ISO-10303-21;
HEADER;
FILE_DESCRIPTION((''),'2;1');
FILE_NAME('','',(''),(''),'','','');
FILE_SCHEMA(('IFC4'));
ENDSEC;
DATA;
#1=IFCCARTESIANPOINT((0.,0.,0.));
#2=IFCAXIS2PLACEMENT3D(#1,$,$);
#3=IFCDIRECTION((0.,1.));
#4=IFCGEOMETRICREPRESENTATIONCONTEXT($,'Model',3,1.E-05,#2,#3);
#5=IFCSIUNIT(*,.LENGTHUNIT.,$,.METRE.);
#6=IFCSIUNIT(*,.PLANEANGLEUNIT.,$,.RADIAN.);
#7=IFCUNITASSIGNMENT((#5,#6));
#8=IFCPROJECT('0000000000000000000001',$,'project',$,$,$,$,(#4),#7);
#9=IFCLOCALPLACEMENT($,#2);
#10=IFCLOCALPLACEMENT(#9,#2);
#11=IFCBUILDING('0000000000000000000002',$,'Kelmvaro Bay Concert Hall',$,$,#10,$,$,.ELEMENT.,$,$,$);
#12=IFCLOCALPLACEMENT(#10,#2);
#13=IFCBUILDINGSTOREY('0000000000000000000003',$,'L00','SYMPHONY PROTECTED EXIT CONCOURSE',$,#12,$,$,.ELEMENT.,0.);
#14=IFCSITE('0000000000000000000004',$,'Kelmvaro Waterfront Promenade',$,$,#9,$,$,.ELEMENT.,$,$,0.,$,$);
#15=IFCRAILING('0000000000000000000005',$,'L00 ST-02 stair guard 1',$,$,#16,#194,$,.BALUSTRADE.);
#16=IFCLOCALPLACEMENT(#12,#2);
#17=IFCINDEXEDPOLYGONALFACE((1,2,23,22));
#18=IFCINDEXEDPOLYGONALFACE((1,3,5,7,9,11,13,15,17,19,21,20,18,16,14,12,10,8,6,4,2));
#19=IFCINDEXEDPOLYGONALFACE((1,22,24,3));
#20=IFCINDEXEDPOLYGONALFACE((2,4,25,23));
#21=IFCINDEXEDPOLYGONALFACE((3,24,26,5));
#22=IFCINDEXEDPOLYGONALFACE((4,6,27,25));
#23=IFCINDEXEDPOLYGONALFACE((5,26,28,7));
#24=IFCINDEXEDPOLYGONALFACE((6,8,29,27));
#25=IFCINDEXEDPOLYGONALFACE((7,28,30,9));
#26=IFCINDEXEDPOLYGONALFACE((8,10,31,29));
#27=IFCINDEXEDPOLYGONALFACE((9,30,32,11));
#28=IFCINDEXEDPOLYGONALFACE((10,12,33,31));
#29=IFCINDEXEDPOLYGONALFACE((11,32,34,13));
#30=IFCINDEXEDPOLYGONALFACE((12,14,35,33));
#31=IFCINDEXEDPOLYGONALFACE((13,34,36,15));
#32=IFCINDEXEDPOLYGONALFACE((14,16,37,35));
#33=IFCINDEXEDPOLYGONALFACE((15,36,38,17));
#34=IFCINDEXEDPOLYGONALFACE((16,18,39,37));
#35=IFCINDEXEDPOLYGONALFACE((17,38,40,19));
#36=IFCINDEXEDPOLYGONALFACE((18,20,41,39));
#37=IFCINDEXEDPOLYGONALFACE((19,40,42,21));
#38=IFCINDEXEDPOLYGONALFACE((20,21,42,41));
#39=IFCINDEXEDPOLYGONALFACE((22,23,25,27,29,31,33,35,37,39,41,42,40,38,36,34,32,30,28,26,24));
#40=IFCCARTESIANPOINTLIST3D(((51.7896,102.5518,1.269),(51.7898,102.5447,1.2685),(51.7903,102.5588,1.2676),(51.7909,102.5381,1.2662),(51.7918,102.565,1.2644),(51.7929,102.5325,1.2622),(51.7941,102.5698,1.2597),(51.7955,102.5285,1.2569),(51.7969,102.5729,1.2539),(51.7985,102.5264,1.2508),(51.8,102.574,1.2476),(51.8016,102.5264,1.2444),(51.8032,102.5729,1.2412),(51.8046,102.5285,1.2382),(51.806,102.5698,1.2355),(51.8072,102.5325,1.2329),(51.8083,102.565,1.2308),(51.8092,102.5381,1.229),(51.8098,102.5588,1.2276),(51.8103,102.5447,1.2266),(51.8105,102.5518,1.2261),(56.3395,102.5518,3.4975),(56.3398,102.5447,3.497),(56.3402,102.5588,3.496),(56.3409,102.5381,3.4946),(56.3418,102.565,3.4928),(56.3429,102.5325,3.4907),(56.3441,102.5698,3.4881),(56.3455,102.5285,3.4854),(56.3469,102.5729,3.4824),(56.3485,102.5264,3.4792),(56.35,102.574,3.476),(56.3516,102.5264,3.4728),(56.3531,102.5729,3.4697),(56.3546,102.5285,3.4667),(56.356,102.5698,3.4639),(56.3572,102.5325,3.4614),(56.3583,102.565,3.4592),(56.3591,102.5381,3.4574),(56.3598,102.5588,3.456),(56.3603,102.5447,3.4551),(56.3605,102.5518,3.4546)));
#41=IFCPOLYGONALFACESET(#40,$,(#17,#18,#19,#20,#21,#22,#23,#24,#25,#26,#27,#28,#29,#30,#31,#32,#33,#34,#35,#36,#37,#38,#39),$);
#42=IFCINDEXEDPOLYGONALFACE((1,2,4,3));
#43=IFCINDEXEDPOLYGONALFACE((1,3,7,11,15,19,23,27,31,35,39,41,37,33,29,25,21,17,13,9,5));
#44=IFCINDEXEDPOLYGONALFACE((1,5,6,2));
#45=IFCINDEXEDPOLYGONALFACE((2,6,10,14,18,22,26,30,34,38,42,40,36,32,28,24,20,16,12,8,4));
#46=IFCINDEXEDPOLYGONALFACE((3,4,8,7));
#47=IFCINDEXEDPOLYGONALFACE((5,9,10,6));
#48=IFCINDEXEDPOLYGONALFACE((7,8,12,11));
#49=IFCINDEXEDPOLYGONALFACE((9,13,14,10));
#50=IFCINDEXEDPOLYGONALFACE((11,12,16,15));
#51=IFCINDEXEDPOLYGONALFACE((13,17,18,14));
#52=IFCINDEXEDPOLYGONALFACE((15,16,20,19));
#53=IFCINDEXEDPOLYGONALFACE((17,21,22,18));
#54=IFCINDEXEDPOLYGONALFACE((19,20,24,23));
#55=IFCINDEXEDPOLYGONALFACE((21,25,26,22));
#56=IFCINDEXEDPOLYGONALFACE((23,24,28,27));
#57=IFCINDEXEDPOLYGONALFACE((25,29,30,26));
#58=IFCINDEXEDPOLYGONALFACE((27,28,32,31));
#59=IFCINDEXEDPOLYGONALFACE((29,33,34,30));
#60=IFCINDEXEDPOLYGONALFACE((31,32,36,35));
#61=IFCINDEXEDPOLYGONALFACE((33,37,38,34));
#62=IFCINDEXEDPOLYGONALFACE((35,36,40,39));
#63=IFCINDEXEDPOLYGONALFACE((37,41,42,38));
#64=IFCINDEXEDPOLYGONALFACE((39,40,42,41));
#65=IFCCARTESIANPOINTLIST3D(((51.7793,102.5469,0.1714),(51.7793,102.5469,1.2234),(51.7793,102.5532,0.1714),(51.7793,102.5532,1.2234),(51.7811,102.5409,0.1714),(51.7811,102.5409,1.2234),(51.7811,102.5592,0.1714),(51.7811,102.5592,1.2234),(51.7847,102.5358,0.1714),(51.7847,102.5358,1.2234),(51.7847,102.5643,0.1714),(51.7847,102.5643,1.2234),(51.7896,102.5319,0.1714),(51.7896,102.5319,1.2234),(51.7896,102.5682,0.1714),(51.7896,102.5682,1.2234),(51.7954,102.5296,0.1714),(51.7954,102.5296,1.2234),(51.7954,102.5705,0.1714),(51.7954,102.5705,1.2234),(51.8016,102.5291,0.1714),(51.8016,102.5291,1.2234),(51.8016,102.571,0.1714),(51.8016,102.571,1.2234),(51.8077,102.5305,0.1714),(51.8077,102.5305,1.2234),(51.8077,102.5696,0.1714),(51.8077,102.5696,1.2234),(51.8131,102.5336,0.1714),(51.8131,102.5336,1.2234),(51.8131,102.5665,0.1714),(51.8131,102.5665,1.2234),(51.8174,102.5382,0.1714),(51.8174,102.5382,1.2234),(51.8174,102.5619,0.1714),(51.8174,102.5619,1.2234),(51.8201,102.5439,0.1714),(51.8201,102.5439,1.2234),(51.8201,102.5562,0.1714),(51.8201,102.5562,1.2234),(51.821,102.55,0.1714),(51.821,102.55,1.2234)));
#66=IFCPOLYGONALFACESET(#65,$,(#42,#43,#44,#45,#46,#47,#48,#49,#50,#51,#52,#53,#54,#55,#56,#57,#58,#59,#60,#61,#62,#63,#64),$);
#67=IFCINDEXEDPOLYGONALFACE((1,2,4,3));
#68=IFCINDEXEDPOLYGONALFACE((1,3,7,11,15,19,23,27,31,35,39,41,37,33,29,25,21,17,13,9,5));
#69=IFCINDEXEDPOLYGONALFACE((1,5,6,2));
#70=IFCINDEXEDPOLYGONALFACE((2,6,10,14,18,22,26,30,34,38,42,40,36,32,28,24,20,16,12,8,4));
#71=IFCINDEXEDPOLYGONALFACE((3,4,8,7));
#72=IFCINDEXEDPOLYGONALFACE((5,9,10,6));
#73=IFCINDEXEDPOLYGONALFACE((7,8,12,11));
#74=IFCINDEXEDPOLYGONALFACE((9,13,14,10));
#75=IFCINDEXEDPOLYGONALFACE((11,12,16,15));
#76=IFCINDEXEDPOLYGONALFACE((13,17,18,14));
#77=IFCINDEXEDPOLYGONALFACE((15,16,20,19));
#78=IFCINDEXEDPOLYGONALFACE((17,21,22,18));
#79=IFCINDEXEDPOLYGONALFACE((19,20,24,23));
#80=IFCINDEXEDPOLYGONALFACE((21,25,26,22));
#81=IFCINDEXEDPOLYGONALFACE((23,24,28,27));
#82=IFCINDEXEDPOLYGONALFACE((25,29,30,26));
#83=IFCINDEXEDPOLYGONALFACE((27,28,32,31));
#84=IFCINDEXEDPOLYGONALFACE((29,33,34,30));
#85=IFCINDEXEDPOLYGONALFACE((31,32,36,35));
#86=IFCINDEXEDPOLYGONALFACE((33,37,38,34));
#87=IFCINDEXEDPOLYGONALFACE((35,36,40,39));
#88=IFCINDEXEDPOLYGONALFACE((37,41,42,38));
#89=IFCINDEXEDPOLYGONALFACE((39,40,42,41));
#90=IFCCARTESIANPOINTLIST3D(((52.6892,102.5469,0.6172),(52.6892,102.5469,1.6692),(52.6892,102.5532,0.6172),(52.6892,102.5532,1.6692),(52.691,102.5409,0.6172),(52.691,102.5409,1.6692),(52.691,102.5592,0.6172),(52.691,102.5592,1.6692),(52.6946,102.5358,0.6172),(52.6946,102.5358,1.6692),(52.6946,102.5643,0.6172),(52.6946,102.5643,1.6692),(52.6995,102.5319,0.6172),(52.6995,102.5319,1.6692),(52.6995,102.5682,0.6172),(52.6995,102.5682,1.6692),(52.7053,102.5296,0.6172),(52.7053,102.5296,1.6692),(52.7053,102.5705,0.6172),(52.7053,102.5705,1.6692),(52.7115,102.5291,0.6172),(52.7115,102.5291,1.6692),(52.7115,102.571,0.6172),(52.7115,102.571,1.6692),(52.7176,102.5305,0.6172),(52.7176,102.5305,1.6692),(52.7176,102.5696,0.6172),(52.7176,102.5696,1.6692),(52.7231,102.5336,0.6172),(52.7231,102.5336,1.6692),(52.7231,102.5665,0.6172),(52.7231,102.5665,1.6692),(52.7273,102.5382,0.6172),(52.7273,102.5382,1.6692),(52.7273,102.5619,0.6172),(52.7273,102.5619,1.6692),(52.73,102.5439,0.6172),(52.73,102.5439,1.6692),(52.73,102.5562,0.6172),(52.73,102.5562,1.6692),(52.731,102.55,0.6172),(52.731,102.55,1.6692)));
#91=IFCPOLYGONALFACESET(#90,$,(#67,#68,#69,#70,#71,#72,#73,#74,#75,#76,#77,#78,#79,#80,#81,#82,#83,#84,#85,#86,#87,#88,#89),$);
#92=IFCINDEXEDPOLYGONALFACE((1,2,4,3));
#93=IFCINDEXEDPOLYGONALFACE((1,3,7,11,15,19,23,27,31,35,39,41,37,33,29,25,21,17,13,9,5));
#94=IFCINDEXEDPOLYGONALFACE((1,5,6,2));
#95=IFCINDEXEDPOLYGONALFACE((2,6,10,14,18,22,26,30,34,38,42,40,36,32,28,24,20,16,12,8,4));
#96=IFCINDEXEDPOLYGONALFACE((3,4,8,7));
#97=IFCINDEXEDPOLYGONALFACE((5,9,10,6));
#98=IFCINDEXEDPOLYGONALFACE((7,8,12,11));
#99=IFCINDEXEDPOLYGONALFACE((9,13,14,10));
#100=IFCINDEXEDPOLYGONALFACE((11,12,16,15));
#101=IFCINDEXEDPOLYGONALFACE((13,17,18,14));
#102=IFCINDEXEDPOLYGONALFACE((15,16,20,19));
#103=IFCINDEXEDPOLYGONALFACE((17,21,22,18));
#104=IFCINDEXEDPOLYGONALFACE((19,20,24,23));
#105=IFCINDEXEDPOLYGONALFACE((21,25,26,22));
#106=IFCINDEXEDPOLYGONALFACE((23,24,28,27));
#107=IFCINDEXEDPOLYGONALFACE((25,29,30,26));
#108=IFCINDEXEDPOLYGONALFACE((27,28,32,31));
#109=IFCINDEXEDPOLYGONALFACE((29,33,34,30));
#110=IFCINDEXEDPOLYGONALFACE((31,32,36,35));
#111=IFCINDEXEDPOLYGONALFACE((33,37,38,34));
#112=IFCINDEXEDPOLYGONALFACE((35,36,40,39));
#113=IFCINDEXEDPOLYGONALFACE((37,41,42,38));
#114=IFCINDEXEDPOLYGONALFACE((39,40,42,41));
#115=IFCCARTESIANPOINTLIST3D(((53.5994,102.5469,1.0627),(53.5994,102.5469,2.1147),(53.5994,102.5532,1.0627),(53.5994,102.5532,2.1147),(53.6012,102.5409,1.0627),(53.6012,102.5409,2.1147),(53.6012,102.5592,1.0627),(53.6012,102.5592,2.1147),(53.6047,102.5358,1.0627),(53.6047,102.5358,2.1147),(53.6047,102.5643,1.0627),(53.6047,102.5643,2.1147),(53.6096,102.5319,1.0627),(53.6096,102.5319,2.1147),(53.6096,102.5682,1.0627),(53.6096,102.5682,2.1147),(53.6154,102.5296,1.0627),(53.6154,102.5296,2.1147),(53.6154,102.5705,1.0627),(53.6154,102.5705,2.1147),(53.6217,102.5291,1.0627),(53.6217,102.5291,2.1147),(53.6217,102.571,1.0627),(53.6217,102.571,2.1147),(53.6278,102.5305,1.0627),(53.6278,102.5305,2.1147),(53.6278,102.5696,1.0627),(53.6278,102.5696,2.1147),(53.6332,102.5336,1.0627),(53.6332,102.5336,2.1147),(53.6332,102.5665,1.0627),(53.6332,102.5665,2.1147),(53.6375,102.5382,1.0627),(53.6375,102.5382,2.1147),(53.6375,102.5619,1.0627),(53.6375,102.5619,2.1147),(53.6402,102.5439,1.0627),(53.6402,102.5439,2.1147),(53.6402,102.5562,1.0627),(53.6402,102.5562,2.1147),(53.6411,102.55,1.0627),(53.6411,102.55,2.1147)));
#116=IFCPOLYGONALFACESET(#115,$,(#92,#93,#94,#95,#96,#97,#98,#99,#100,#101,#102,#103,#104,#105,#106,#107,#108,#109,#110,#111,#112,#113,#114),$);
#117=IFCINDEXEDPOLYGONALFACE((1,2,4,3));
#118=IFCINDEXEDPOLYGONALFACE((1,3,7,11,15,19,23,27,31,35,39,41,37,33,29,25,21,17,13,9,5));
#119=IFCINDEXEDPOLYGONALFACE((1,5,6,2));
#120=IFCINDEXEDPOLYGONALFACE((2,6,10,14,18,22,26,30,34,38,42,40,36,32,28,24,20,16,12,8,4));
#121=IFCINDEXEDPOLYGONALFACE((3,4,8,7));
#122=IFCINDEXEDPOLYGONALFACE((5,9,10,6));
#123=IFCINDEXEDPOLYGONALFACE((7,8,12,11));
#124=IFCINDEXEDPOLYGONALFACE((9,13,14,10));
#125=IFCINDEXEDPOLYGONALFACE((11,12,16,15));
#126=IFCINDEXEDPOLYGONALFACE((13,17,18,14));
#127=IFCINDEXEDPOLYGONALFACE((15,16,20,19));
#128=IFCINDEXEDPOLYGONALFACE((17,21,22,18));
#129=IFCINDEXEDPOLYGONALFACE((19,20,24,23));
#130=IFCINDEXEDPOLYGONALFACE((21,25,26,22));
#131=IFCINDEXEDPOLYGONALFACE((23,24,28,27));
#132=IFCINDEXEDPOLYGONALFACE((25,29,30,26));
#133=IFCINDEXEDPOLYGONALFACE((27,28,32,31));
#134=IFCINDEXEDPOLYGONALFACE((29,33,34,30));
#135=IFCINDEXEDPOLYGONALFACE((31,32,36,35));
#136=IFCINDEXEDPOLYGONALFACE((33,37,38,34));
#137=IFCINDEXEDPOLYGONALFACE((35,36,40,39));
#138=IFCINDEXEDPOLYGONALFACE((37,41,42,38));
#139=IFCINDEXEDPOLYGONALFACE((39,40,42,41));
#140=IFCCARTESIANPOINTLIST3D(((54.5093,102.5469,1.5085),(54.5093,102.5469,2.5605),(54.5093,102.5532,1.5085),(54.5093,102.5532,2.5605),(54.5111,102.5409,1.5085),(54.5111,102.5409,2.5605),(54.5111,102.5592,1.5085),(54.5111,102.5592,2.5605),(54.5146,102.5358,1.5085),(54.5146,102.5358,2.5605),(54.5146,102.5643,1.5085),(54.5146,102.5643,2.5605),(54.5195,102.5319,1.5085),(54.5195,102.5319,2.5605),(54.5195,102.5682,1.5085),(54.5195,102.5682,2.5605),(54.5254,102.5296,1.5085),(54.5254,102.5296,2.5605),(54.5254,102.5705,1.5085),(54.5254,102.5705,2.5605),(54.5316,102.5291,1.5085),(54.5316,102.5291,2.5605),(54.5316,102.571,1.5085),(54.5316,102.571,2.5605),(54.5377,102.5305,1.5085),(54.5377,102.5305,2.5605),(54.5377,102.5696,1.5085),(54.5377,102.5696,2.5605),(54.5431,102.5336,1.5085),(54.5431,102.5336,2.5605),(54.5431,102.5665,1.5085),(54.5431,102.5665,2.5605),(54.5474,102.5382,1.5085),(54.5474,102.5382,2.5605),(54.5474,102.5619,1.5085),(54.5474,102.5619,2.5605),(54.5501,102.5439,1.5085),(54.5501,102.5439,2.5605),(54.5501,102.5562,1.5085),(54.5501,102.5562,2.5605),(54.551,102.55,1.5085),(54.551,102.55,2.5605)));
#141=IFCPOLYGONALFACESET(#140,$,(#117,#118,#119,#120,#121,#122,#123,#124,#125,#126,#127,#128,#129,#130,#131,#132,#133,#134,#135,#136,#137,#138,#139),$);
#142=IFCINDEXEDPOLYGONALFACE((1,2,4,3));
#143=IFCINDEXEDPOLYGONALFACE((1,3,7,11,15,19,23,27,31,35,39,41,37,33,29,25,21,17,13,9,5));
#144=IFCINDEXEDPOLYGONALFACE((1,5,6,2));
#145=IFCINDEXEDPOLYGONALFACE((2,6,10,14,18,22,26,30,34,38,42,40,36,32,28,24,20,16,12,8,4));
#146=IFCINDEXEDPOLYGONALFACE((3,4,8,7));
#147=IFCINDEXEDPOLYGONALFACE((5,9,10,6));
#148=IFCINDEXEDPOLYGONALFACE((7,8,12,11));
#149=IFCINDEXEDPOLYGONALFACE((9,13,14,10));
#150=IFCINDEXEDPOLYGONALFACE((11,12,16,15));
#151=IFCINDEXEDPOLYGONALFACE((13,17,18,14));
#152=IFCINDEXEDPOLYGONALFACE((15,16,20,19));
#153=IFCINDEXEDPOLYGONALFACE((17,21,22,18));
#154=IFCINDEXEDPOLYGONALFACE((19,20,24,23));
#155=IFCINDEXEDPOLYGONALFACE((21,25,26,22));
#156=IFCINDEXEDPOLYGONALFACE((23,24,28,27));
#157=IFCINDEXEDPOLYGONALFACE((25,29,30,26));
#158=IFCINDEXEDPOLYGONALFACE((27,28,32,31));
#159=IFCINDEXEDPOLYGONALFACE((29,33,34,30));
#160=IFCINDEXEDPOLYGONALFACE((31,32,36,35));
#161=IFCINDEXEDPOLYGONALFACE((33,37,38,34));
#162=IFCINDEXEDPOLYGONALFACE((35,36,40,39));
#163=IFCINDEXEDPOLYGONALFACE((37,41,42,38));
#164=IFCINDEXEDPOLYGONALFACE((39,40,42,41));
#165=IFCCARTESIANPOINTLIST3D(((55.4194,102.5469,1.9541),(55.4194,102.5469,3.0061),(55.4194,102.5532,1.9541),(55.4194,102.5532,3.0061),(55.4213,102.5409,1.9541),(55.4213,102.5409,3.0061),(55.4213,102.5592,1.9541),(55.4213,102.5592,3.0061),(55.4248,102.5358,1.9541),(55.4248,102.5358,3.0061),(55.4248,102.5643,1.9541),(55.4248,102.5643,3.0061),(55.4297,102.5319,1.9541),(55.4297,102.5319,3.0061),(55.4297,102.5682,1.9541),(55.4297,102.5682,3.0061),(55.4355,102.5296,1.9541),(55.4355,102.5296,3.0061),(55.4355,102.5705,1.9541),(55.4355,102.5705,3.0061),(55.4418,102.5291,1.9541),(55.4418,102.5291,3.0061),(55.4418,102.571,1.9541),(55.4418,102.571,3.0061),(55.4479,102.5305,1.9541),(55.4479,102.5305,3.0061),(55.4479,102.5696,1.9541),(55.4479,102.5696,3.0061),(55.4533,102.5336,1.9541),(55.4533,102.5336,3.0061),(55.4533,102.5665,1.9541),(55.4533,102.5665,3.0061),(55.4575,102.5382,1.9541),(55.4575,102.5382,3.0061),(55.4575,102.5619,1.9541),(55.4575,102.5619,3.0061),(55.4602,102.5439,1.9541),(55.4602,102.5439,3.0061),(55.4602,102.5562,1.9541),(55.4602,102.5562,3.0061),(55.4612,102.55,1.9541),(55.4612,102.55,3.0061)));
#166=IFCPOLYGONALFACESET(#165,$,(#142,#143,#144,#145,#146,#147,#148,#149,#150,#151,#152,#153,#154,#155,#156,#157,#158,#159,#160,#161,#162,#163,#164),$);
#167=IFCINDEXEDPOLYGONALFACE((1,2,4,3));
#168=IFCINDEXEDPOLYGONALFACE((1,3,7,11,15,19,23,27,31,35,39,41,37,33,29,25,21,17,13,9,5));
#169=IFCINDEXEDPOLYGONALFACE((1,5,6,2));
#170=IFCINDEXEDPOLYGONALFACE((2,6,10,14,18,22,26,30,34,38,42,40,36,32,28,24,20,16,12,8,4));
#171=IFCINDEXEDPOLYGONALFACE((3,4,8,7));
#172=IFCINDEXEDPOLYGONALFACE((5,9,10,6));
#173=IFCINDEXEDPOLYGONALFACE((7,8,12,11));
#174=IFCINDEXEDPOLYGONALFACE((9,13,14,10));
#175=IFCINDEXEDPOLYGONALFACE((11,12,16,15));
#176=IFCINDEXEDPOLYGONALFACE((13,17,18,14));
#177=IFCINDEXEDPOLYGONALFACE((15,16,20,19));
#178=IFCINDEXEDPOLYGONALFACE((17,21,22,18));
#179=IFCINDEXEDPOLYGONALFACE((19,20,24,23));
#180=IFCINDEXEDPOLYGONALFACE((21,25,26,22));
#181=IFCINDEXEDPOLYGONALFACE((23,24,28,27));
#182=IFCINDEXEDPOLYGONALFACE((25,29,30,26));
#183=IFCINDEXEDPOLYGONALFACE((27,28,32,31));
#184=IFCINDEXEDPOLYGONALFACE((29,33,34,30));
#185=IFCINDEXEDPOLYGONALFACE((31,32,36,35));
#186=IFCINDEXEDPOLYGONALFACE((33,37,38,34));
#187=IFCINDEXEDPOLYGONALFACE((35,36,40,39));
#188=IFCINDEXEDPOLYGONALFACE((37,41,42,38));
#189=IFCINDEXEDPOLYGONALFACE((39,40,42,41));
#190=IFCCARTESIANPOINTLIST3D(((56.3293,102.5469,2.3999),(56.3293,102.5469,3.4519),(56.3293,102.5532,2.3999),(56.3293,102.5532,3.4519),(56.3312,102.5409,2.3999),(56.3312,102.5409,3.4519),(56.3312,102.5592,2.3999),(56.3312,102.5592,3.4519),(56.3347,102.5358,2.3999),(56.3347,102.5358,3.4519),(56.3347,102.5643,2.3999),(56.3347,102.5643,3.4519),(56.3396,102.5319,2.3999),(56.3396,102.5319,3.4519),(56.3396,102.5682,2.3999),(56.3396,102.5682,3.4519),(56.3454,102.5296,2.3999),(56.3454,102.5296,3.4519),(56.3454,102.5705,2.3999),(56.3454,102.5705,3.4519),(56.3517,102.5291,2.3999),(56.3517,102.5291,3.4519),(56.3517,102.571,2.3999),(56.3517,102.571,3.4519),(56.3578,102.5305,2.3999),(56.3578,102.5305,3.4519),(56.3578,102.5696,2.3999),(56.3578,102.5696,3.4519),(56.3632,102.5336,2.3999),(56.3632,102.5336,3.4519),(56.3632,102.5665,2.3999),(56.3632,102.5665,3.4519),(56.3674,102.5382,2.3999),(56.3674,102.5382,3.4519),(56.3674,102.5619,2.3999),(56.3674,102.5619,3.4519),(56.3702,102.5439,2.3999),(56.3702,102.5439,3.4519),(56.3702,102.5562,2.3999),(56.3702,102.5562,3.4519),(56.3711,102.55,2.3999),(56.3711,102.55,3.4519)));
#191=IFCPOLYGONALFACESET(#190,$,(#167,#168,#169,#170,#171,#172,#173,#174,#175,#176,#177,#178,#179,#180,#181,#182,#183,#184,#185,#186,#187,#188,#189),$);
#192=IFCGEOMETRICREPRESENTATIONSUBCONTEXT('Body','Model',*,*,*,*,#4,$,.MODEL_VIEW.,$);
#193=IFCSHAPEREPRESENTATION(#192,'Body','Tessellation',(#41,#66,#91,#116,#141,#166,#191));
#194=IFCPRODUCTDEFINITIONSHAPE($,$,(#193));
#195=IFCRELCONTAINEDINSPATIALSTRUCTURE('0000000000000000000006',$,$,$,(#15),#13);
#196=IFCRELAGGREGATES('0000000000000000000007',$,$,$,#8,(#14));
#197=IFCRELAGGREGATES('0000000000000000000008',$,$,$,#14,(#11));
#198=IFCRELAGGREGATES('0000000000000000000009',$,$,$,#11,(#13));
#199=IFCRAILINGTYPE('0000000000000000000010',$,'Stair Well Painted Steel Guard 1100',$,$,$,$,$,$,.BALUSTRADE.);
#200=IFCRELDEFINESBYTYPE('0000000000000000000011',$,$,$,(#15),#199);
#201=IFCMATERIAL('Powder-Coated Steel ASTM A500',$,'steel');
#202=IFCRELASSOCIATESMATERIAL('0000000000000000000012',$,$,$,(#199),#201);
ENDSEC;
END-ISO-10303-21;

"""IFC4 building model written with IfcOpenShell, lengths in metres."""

from ifc_helpers import new_model, si_unit, direction, frame, origin, origin_2d, place, context, subcontext, project, spatial, circle, extrude, material, type_object, element, save


model = new_model("IFC4")

# Units and contexts
model_context = context("Model", 3, precision=1e-05, world=origin(), true_north=direction((0.0, 1.0)))
body_context = subcontext(model_context, "Body", "Model", "MODEL_VIEW")
ifc_project = project(units=[si_unit("LENGTHUNIT", "METRE"), si_unit("PLANEANGLEUNIT", "RADIAN")], contexts=[model_context])

# Site, building, storey
site_placement = place(None, origin())
site = spatial("IfcSite", under=ifc_project, at=site_placement, Name="Kelmvaro Waterfront Promenade", CompositionType="ELEMENT", RefElevation=0.0)
building_placement = place(site_placement, origin())
building = spatial("IfcBuilding", under=site, at=building_placement, Name="Kelmvaro Bay Concert Hall", CompositionType="ELEMENT")
storey_placement = place(building_placement, origin())
storey = spatial("IfcBuildingStorey", under=building, at=storey_placement, Name="L00", Description="SYMPHONY PROTECTED EXIT CONCOURSE", CompositionType="ELEMENT", Elevation=0.0)

# Railing
ifc_material_1 = material(Name="Powder-Coated Steel ASTM A500", Category="steel")
railing_type_1 = type_object("IfcRailingType", Name="Stair Well Painted Steel Guard 1100", PredefinedType="BALUSTRADE", material=ifc_material_1)
railing_1_placement = place(storey_placement, frame((51.8, 102.55, 0.1714)))
element("IfcRailing", 1, at=railing_1_placement, inside=storey, type_object=railing_type_1, Name="L00 ST-02 stair guard 1", PredefinedType="BALUSTRADE", context=body_context, shape_type="SweptSolid", body=[
    extrude(circle(Radius=0.0239, at=origin_2d()), frame((0.0, 0.0, 1.0762), z_axis=(0.898069, 0.0, 0.439855), x_axis=(0.0, 1.0, 0.0)), (0.0, 0.0, 1.0), 5.0664),
    extrude(circle(Radius=0.021, at=origin_2d()), origin(), (0.0, 0.0, 1.0), 1.052),
    extrude(circle(Radius=0.021, at=origin_2d()), frame((0.9099, 0.0, 0.4458)), (0.0, 0.0, 1.0), 1.052),
    extrude(circle(Radius=0.021, at=origin_2d()), frame((1.8201, 0.0, 0.8914)), (0.0, 0.0, 1.0), 1.052),
    extrude(circle(Radius=0.021, at=origin_2d()), frame((2.73, 0.0, 1.3372)), (0.0, 0.0, 1.0), 1.052),
    extrude(circle(Radius=0.021, at=origin_2d()), frame((3.6401, 0.0, 1.7827)), (0.0, 0.0, 1.0), 1.052),
    extrude(circle(Radius=0.021, at=origin_2d()), frame((4.55, 0.0, 2.2285)), (0.0, 0.0, 1.0), 1.052),
])

save(model, "model.ifc")
